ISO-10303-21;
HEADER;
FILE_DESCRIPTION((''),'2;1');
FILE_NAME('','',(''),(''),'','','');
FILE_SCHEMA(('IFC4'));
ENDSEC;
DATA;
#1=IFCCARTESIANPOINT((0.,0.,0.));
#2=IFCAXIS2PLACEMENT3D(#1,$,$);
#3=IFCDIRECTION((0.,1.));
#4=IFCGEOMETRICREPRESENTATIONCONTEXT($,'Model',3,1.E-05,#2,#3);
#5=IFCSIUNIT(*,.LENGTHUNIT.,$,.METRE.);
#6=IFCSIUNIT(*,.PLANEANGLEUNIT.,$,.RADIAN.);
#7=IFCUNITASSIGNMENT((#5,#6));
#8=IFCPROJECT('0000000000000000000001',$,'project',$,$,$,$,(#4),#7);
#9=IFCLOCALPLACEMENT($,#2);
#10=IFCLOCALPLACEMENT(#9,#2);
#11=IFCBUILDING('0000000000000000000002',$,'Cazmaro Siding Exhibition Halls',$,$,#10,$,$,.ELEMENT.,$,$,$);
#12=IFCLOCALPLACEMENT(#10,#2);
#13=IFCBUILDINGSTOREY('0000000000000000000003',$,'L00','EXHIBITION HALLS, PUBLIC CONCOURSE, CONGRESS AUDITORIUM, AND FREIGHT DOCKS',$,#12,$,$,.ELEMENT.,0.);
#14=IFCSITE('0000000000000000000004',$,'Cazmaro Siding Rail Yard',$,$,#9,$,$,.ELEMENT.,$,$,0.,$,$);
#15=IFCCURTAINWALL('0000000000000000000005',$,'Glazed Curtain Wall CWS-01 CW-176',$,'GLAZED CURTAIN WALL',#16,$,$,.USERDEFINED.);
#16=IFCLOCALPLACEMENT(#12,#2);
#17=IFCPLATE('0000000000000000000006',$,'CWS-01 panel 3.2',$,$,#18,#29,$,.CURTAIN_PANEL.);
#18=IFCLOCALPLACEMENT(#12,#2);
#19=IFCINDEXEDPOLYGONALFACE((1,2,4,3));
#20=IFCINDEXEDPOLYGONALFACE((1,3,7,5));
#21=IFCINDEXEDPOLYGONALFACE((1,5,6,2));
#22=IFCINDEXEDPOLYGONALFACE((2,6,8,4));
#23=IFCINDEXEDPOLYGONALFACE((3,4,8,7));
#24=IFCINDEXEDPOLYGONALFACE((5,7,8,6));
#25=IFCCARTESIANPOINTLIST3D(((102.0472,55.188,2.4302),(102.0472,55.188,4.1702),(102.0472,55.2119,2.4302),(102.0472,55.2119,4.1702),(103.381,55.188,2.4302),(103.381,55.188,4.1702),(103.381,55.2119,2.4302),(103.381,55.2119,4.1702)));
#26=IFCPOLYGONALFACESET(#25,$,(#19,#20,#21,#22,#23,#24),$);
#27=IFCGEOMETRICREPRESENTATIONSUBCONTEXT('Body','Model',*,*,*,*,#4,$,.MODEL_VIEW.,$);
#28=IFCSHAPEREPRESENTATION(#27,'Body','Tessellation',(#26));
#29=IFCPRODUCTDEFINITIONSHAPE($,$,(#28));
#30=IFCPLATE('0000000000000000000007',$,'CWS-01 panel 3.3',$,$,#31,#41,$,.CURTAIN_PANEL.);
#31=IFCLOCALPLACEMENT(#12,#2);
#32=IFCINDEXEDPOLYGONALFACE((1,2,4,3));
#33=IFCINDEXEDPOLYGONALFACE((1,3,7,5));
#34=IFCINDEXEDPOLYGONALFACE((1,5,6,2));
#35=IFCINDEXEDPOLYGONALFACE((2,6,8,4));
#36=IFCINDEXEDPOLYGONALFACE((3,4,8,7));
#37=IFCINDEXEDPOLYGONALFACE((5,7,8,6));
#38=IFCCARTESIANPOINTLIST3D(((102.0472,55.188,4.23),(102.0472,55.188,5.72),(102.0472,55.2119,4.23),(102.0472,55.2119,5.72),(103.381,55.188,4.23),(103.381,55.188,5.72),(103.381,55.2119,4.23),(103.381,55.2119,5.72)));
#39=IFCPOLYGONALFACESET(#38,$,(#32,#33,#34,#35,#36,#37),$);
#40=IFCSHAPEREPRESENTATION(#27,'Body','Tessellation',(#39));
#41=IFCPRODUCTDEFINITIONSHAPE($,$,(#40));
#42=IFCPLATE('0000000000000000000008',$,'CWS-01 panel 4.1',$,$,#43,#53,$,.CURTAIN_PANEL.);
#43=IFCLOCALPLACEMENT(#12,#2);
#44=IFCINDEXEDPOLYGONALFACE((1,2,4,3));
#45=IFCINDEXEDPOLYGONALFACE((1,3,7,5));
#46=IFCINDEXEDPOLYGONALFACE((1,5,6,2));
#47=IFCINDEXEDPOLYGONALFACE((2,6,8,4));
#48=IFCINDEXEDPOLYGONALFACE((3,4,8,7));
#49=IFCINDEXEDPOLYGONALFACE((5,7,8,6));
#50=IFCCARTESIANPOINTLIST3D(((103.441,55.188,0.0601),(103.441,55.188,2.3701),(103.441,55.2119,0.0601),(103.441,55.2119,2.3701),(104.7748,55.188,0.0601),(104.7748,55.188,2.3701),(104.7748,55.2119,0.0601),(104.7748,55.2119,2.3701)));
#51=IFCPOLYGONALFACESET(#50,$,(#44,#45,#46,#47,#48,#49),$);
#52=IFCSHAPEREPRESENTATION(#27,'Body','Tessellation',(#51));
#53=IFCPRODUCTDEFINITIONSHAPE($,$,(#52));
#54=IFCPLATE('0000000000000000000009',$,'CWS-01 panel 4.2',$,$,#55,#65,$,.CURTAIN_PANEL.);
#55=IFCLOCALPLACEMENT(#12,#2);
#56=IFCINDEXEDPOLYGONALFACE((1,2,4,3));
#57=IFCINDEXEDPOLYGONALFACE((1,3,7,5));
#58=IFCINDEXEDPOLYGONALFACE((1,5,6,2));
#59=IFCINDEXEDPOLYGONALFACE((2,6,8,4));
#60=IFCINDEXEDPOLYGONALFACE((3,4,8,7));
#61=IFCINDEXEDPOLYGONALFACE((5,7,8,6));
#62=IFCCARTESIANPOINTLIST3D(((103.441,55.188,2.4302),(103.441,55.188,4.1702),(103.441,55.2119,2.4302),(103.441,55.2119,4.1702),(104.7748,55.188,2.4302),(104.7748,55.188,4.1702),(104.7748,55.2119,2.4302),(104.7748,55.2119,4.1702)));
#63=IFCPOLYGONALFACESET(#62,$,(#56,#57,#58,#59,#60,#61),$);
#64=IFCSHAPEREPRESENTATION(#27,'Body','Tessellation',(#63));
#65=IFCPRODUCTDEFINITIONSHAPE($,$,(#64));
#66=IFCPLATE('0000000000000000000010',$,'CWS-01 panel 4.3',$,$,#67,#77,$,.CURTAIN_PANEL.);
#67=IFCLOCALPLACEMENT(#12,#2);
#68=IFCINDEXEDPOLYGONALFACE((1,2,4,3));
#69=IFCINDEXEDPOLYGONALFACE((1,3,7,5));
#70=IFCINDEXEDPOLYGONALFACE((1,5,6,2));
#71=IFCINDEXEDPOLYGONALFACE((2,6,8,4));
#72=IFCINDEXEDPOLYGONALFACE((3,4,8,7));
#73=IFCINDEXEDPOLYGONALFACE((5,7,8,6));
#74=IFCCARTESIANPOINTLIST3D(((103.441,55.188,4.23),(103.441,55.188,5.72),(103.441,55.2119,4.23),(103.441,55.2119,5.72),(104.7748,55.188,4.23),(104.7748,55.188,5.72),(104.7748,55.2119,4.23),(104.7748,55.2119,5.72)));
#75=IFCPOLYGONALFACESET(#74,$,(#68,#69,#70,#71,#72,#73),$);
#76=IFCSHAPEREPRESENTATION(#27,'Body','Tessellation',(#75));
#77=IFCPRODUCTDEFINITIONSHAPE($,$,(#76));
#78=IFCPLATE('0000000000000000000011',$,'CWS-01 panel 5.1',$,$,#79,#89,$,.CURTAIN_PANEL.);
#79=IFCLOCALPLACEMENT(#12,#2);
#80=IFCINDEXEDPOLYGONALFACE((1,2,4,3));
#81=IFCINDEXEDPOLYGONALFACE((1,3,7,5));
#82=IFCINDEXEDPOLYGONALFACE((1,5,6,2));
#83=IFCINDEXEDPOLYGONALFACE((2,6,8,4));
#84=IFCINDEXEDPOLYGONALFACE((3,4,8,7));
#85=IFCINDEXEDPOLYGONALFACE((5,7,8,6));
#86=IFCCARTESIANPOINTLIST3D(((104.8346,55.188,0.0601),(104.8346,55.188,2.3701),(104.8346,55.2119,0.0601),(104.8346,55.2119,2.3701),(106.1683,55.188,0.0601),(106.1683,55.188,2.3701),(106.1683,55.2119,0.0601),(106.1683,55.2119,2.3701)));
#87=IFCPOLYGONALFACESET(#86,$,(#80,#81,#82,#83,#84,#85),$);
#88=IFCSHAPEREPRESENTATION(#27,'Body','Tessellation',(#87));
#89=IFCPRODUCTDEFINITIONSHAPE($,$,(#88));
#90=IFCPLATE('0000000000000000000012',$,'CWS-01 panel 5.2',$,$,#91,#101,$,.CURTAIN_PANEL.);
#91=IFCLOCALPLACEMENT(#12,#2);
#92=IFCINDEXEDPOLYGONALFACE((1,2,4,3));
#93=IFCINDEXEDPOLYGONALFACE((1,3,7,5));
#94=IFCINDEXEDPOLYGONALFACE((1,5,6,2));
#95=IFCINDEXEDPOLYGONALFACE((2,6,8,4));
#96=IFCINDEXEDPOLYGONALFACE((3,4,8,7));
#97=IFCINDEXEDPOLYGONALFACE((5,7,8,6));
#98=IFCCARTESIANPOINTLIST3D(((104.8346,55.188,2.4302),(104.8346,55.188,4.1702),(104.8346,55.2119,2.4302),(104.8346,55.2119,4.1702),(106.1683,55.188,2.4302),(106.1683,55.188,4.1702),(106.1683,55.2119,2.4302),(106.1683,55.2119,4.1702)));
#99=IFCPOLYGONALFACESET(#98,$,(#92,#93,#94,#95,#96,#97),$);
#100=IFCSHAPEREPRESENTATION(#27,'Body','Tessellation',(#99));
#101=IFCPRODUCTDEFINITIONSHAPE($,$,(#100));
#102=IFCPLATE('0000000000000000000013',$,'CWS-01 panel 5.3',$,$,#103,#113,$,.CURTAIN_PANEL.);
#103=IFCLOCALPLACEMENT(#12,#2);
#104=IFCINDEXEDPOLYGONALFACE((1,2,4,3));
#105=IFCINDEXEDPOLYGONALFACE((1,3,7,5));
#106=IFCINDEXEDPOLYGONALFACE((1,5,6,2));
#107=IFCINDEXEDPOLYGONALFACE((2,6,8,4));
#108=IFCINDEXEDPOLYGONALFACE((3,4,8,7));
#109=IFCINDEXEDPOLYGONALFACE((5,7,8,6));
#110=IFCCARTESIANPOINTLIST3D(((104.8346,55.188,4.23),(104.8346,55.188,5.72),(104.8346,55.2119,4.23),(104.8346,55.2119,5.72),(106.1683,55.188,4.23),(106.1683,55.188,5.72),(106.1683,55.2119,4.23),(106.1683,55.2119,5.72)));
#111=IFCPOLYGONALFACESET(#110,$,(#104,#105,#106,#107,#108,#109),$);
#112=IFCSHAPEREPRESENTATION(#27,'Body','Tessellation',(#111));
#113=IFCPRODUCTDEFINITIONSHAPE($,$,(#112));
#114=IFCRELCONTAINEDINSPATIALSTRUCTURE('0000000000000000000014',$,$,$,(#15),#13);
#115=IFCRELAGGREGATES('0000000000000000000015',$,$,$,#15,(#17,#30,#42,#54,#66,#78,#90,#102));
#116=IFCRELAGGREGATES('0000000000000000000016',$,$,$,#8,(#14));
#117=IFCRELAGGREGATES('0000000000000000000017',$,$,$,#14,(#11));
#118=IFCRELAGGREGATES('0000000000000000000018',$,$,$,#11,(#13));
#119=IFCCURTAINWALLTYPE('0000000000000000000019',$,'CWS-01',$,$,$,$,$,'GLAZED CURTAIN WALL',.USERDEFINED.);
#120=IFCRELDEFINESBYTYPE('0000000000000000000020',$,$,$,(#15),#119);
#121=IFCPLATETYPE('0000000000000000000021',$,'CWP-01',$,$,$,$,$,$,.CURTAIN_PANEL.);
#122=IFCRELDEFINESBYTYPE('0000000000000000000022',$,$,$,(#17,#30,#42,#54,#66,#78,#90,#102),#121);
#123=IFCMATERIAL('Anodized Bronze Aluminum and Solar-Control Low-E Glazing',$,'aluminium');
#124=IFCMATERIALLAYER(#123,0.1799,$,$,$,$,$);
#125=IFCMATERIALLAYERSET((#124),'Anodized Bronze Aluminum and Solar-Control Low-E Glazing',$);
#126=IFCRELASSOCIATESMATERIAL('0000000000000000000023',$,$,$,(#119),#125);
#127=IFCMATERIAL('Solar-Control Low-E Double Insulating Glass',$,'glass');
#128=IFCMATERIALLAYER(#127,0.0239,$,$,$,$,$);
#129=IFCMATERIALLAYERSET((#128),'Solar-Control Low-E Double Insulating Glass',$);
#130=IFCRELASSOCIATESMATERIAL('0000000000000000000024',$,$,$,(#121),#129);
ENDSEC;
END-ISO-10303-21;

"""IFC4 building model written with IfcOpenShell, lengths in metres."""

from ifc_helpers import new_model, si_unit, direction, frame, origin, origin_2d, place, context, subcontext, project, spatial, rectangle, extrude, material, layer, layer_set, type_object, element, aggregate, save


model = new_model("IFC4")

# Units and contexts
model_context = context("Model", 3, precision=1e-05, world=origin(), true_north=direction((0.0, 1.0)))
body_context = subcontext(model_context, "Body", "Model", "MODEL_VIEW")
ifc_project = project(units=[si_unit("LENGTHUNIT", "METRE"), si_unit("PLANEANGLEUNIT", "RADIAN")], contexts=[model_context])

# Site, building, storey
site_placement = place(None, origin())
site = spatial("IfcSite", under=ifc_project, at=site_placement, Name="Cazmaro Siding Rail Yard", CompositionType="ELEMENT", RefElevation=0.0)
building_placement = place(site_placement, origin())
building = spatial("IfcBuilding", under=site, at=building_placement, Name="Cazmaro Siding Exhibition Halls", CompositionType="ELEMENT")
storey_placement = place(building_placement, origin())
storey = spatial("IfcBuildingStorey", under=building, at=storey_placement, Name="L00", Description="EXHIBITION HALLS, PUBLIC CONCOURSE, CONGRESS AUDITORIUM, AND FREIGHT DOCKS", CompositionType="ELEMENT", Elevation=0.0)

# Curtain wall, plates
ifc_material_1 = material(Name="Anodized Bronze Aluminum and Solar-Control Low-E Glazing", Category="aluminium")
ifc_layer_1 = layer(ifc_material_1, 0.1799)
ifc_layer_set_1 = layer_set([ifc_layer_1], Name="Anodized Bronze Aluminum and Solar-Control Low-E Glazing")
curtain_wall_type = type_object("IfcCurtainWallType", Name="CWS-01", ElementType="GLAZED CURTAIN WALL", PredefinedType="USERDEFINED", material=ifc_layer_set_1)
curtain_wall_placement = place(storey_placement, origin())
curtain_wall = element("IfcCurtainWall", 1, at=curtain_wall_placement, inside=storey, type_object=curtain_wall_type, Name="Glazed Curtain Wall CWS-01 CW-176", ObjectType="GLAZED CURTAIN WALL", PredefinedType="USERDEFINED")
ifc_material_2 = material(Name="Solar-Control Low-E Double Insulating Glass", Category="glass")
ifc_layer_2 = layer(ifc_material_2, 0.0239)
ifc_layer_set_2 = layer_set([ifc_layer_2], Name="Solar-Control Low-E Double Insulating Glass")
plate_type = type_object("IfcPlateType", Name="CWP-01", PredefinedType="CURTAIN_PANEL", material=ifc_layer_set_2)
plate_1_placement = place(storey_placement, frame((102.7141, 55.2, 2.4302), z_axis=(0.0, 0.0, 1.0), x_axis=(1.0, 0.0, 0.0)))
plate_1 = element("IfcPlate", 2, at=plate_1_placement, type_object=plate_type, Name="CWS-01 panel 3.2", PredefinedType="CURTAIN_PANEL", context=body_context, shape_type="SweptSolid", body=[
    extrude(rectangle(XDim=1.3337, YDim=0.0239, at=origin_2d()), origin(), (0.0, 0.0, 1.0), 1.74),
])
plate_2_placement = place(storey_placement, frame((102.7141, 55.2, 4.23), z_axis=(0.0, 0.0, 1.0), x_axis=(1.0, 0.0, 0.0)))
plate_2 = element("IfcPlate", 3, at=plate_2_placement, type_object=plate_type, Name="CWS-01 panel 3.3", PredefinedType="CURTAIN_PANEL", context=body_context, shape_type="SweptSolid", body=[
    extrude(rectangle(XDim=1.3337, YDim=0.0239, at=origin_2d()), origin(), (0.0, 0.0, 1.0), 1.49),
])
plate_3_placement = place(storey_placement, frame((104.1079, 55.2, 0.0601), z_axis=(0.0, 0.0, 1.0), x_axis=(1.0, 0.0, 0.0)))
plate_3 = element("IfcPlate", 4, at=plate_3_placement, type_object=plate_type, Name="CWS-01 panel 4.1", PredefinedType="CURTAIN_PANEL", context=body_context, shape_type="SweptSolid", body=[
    extrude(rectangle(XDim=1.3337, YDim=0.0239, at=origin_2d()), origin(), (0.0, 0.0, 1.0), 2.3101),
])
plate_4_placement = place(storey_placement, frame((104.1079, 55.2, 2.4302), z_axis=(0.0, 0.0, 1.0), x_axis=(1.0, 0.0, 0.0)))
plate_4 = element("IfcPlate", 5, at=plate_4_placement, type_object=plate_type, Name="CWS-01 panel 4.2", PredefinedType="CURTAIN_PANEL", context=body_context, shape_type="SweptSolid", body=[
    extrude(rectangle(XDim=1.3337, YDim=0.0239, at=origin_2d()), origin(), (0.0, 0.0, 1.0), 1.74),
])
plate_5_placement = place(storey_placement, frame((104.1079, 55.2, 4.23), z_axis=(0.0, 0.0, 1.0), x_axis=(1.0, 0.0, 0.0)))
plate_5 = element("IfcPlate", 6, at=plate_5_placement, type_object=plate_type, Name="CWS-01 panel 4.3", PredefinedType="CURTAIN_PANEL", context=body_context, shape_type="SweptSolid", body=[
    extrude(rectangle(XDim=1.3337, YDim=0.0239, at=origin_2d()), origin(), (0.0, 0.0, 1.0), 1.49),
])
plate_6_placement = place(storey_placement, frame((105.5015, 55.2, 0.0601), z_axis=(0.0, 0.0, 1.0), x_axis=(1.0, 0.0, 0.0)))
plate_6 = element("IfcPlate", 7, at=plate_6_placement, type_object=plate_type, Name="CWS-01 panel 5.1", PredefinedType="CURTAIN_PANEL", context=body_context, shape_type="SweptSolid", body=[
    extrude(rectangle(XDim=1.3337, YDim=0.0239, at=origin_2d()), origin(), (0.0, 0.0, 1.0), 2.3101),
])
plate_7_placement = place(storey_placement, frame((105.5015, 55.2, 2.4302), z_axis=(0.0, 0.0, 1.0), x_axis=(1.0, 0.0, 0.0)))
plate_7 = element("IfcPlate", 8, at=plate_7_placement, type_object=plate_type, Name="CWS-01 panel 5.2", PredefinedType="CURTAIN_PANEL", context=body_context, shape_type="SweptSolid", body=[
    extrude(rectangle(XDim=1.3337, YDim=0.0239, at=origin_2d()), origin(), (0.0, 0.0, 1.0), 1.74),
])
plate_8_placement = place(storey_placement, frame((105.5015, 55.2, 4.23), z_axis=(0.0, 0.0, 1.0), x_axis=(1.0, 0.0, 0.0)))
plate_8 = element("IfcPlate", 9, at=plate_8_placement, type_object=plate_type, Name="CWS-01 panel 5.3", PredefinedType="CURTAIN_PANEL", context=body_context, shape_type="SweptSolid", body=[
    extrude(rectangle(XDim=1.3337, YDim=0.0239, at=origin_2d()), origin(), (0.0, 0.0, 1.0), 1.49),
])
aggregate(curtain_wall, [plate_1, plate_2, plate_3, plate_4, plate_5, plate_6, plate_7, plate_8])

save(model, "model.ifc")
